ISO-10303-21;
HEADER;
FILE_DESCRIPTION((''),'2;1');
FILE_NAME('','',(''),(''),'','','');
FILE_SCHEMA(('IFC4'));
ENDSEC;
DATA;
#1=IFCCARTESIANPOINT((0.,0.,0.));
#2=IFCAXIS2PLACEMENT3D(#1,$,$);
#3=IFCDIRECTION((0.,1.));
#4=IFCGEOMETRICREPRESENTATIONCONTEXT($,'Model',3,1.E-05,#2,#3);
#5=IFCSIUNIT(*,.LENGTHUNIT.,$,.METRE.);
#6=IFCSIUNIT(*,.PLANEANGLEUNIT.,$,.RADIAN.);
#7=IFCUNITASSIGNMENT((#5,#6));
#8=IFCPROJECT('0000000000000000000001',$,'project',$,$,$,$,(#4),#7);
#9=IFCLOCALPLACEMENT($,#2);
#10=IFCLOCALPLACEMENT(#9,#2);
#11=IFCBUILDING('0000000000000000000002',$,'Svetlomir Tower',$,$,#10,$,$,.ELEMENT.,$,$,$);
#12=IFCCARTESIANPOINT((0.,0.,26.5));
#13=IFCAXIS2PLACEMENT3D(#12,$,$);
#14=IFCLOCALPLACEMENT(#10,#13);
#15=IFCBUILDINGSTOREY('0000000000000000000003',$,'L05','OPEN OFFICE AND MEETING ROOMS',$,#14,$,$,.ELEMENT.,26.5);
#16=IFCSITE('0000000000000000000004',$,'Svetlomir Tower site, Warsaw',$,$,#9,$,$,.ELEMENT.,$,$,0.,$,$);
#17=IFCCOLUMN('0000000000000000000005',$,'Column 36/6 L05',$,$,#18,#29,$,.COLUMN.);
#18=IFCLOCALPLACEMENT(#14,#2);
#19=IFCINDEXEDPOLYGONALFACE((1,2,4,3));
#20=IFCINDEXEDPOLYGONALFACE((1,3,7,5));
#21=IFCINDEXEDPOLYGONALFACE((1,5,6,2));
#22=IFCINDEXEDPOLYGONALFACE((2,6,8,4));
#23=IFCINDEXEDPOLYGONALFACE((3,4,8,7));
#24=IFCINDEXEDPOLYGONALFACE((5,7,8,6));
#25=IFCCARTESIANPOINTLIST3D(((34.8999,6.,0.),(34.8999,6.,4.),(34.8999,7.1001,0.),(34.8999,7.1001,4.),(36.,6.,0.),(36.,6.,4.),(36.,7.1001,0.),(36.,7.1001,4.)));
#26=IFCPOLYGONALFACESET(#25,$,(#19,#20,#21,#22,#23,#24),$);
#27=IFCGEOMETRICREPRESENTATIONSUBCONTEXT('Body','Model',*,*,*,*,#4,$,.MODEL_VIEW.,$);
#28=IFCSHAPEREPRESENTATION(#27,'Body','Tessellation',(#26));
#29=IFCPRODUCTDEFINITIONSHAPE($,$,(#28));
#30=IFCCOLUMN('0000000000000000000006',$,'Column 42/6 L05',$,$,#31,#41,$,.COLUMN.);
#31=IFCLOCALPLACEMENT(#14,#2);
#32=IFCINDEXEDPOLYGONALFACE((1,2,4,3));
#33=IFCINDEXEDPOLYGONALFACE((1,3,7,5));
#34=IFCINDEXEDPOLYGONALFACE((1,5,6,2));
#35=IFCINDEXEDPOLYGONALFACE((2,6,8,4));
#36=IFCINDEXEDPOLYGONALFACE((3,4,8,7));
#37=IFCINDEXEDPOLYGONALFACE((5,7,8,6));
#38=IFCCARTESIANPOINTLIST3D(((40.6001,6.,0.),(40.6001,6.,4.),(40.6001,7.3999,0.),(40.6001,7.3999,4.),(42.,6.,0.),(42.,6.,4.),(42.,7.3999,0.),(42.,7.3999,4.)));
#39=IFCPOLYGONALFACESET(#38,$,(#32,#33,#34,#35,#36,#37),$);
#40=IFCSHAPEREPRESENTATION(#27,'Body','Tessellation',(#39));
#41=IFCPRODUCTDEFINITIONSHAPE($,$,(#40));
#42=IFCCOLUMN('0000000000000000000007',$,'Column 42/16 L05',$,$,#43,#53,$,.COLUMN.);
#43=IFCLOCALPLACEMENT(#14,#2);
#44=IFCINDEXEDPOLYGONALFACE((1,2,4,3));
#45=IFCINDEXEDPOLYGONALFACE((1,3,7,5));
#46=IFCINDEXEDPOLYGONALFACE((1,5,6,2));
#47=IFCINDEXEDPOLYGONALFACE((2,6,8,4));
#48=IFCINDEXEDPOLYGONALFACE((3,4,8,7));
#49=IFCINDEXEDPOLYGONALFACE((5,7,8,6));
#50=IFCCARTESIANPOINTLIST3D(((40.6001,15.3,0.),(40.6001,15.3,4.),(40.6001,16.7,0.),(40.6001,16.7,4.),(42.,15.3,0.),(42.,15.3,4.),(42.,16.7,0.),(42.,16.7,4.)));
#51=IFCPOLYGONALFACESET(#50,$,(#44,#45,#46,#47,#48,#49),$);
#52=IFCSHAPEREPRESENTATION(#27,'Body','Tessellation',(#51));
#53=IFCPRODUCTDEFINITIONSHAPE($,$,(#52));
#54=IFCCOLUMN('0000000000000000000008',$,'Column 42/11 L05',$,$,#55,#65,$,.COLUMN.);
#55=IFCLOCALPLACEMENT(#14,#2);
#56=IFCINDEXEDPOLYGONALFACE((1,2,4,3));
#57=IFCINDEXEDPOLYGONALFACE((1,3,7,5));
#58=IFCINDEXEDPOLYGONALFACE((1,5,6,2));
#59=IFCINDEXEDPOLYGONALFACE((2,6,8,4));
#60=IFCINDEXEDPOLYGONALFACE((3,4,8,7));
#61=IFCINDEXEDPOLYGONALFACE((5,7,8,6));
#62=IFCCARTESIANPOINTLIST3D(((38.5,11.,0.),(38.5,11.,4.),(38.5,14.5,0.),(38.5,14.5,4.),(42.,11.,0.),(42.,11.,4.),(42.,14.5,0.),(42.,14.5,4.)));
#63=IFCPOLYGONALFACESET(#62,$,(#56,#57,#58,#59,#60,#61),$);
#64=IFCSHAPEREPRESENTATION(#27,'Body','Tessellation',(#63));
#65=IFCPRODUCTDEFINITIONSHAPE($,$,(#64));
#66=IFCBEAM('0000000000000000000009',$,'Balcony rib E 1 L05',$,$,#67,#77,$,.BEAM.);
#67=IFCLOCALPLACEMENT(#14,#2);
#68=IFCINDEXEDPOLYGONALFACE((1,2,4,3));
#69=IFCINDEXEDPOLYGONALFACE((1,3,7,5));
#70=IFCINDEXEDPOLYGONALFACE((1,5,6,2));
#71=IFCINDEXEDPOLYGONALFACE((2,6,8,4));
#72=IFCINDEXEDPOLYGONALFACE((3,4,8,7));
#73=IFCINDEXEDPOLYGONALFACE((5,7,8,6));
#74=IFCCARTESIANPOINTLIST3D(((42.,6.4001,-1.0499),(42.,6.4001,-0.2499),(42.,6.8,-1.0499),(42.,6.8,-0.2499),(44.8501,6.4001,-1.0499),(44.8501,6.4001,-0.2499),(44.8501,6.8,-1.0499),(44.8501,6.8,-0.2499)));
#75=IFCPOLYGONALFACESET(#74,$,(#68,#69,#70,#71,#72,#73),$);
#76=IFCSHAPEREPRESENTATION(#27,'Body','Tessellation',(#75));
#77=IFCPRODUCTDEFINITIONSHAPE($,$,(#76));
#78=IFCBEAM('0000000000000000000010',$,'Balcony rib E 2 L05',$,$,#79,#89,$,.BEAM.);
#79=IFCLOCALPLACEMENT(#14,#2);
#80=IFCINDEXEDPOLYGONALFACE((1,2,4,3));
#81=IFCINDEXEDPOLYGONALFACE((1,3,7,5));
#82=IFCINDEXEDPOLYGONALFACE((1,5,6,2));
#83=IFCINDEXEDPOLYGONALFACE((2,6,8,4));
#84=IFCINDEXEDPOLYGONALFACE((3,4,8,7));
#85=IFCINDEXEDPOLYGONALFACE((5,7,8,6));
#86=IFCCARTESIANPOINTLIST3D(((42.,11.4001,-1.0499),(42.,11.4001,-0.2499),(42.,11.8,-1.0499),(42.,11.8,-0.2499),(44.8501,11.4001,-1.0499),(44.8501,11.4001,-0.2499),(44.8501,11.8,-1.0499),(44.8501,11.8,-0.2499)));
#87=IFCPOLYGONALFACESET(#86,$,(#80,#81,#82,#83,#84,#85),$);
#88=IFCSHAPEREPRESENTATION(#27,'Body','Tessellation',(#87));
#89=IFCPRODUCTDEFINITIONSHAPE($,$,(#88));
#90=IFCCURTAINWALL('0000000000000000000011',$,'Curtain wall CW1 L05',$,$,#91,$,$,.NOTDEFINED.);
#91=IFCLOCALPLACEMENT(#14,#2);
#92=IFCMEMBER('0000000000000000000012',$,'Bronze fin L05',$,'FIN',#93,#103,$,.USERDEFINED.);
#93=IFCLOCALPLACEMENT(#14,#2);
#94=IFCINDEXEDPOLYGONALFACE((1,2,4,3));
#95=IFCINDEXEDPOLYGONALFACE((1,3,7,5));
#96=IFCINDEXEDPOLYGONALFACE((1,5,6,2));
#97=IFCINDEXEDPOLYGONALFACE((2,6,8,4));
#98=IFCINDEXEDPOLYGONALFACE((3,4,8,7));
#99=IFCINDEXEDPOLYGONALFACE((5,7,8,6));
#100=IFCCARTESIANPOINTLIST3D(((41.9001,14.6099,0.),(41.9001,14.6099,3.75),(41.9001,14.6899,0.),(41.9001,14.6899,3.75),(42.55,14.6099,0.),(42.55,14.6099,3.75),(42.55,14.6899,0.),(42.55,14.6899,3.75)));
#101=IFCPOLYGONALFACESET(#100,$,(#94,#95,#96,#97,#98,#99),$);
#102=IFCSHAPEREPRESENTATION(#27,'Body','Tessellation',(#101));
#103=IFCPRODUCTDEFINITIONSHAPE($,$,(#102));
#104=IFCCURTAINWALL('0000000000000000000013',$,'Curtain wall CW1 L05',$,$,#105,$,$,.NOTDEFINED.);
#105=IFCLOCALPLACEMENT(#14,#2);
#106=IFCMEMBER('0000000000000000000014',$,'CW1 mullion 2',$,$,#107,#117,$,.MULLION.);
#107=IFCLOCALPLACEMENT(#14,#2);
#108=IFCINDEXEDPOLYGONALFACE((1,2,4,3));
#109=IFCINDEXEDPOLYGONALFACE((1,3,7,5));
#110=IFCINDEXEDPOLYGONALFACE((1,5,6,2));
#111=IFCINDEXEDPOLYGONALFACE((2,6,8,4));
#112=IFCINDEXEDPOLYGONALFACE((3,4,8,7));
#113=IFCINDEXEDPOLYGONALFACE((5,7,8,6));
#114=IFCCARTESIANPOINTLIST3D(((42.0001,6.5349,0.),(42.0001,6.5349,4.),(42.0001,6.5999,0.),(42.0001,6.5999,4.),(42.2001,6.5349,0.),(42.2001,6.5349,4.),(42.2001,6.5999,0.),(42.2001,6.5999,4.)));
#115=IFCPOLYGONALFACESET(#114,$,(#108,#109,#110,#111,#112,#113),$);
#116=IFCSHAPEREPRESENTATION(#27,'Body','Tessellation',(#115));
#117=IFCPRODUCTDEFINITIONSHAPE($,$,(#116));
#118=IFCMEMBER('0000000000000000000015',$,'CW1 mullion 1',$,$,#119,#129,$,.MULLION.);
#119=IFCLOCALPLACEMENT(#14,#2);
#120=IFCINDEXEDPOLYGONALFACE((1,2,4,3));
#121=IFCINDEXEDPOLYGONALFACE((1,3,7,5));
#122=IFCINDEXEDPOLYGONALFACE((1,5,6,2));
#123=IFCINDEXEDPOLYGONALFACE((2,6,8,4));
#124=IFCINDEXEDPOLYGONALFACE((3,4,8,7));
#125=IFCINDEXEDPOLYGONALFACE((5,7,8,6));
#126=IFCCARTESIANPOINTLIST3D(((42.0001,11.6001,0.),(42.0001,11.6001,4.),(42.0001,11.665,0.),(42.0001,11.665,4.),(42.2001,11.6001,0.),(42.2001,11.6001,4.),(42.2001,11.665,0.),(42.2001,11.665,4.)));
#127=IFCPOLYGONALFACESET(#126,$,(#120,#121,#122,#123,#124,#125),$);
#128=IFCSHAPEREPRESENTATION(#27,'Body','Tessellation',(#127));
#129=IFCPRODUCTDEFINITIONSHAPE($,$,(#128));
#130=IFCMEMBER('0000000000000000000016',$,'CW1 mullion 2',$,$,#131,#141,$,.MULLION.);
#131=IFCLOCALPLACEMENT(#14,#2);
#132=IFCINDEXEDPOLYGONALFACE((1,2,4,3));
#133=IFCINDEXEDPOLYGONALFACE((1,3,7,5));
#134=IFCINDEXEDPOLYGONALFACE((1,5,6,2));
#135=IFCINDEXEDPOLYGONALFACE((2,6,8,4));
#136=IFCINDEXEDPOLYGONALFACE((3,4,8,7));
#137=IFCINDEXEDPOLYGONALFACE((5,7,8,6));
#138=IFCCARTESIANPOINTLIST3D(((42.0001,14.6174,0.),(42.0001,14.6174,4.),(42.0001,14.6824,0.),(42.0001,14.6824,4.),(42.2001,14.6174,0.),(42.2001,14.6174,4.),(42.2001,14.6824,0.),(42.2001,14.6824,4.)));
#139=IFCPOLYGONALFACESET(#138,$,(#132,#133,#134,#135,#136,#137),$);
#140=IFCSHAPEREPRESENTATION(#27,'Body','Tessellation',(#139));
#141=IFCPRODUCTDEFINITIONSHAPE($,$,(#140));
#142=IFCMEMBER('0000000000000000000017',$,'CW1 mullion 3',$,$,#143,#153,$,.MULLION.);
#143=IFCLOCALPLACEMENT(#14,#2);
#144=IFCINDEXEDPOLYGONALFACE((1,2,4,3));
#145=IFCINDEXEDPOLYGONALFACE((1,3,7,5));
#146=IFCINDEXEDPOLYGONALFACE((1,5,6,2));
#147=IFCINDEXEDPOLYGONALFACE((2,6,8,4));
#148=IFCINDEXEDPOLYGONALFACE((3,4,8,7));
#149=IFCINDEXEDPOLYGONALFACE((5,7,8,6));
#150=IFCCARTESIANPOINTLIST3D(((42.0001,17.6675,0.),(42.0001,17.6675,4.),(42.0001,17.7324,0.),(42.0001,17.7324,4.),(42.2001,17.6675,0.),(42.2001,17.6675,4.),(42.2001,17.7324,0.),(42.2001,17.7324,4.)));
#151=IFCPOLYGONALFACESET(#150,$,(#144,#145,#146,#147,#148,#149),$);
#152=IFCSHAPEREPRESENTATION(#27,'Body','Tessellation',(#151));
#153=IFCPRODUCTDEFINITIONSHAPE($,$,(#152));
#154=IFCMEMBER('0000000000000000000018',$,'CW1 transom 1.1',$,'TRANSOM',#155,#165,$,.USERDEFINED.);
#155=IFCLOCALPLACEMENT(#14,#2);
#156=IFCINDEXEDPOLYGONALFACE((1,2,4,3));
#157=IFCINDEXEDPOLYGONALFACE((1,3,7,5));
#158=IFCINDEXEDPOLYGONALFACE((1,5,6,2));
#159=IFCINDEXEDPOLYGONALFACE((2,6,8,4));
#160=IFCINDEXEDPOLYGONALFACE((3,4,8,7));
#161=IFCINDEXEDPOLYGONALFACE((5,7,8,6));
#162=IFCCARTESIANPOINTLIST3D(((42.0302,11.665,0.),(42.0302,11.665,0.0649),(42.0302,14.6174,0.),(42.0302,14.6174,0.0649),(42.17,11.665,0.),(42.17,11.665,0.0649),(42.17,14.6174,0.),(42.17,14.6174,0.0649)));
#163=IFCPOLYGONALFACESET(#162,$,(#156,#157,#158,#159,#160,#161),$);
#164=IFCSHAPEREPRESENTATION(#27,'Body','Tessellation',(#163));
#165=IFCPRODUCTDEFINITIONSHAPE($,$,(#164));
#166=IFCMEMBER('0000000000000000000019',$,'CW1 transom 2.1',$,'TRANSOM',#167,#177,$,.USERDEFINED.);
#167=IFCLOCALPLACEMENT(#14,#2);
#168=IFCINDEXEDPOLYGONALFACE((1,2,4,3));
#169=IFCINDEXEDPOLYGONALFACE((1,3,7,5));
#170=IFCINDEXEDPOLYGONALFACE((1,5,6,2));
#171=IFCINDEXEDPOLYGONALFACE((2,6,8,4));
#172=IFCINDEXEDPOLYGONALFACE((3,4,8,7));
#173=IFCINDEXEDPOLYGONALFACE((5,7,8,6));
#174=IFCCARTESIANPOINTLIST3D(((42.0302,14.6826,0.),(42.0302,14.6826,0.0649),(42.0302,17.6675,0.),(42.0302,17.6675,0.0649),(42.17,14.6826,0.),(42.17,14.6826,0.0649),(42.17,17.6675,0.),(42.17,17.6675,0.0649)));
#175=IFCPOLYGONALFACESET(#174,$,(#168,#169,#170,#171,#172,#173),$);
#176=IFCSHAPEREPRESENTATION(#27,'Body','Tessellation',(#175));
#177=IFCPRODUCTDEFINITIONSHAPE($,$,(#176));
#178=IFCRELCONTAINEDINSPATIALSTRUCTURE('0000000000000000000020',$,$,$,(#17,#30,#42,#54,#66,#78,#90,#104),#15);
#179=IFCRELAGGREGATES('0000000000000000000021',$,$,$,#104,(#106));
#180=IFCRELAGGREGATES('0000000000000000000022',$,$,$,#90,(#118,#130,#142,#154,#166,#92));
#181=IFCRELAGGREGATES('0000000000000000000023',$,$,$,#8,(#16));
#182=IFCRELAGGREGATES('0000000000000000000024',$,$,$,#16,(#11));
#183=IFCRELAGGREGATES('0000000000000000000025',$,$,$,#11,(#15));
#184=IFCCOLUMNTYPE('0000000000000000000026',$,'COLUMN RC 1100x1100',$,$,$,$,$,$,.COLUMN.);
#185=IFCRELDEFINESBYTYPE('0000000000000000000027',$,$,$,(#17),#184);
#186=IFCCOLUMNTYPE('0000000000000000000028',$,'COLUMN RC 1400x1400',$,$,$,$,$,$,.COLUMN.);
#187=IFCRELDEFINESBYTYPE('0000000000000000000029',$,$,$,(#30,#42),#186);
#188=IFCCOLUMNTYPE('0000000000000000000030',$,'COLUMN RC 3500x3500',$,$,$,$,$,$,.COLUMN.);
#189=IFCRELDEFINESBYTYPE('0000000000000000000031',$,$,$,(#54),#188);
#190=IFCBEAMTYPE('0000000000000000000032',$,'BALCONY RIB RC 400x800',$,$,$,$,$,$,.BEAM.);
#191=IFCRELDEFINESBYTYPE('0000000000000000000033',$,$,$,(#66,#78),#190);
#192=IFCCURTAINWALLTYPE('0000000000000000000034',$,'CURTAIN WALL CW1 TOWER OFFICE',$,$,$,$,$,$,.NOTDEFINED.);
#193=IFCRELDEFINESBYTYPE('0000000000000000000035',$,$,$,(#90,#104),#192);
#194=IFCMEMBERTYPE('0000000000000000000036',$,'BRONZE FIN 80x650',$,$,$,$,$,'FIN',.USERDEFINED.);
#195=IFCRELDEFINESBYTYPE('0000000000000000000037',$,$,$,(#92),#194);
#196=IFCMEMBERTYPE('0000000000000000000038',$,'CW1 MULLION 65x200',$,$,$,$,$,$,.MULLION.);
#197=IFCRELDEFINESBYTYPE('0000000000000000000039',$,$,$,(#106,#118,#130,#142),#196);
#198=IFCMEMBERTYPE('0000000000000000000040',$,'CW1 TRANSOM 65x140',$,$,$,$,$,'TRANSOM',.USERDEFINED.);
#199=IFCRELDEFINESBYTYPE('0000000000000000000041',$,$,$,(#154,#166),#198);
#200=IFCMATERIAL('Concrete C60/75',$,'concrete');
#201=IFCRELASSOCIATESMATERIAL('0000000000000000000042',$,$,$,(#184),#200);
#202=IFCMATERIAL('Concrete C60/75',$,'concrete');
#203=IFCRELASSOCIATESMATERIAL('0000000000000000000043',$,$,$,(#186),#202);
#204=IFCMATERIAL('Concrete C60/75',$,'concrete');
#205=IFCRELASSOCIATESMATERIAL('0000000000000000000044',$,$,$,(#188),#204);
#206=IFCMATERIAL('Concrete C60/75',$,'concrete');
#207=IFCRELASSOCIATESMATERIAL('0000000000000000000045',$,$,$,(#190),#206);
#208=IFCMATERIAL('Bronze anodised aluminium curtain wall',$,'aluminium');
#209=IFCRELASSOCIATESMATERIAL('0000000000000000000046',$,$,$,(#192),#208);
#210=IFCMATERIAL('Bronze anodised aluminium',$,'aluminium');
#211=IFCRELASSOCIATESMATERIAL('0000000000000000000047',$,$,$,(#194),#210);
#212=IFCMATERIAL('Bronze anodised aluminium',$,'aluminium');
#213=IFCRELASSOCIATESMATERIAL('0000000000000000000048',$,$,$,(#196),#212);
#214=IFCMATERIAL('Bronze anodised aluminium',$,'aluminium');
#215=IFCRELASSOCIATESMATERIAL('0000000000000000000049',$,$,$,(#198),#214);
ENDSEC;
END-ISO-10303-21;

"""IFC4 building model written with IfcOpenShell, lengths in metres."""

from ifc_helpers import new_model, si_unit, direction, frame, origin, origin_2d, place, context, subcontext, project, spatial, rectangle, extrude, material, material_profile, profile_set, type_object, element, aggregate, save


model = new_model("IFC4")

# Units and contexts
model_context = context("Model", 3, precision=1e-05, world=origin(), true_north=direction((0.0, 1.0)))
body_context = subcontext(model_context, "Body", "Model", "MODEL_VIEW")
ifc_project = project(units=[si_unit("LENGTHUNIT", "METRE"), si_unit("PLANEANGLEUNIT", "RADIAN")], contexts=[model_context])

# Site, building, storey
site_placement = place(None, origin())
site = spatial("IfcSite", under=ifc_project, at=site_placement, Name="Svetlomir Tower site, Warsaw", CompositionType="ELEMENT", RefElevation=0.0)
building_placement = place(site_placement, origin())
building = spatial("IfcBuilding", under=site, at=building_placement, Name="Svetlomir Tower", CompositionType="ELEMENT")
storey_placement = place(building_placement, frame((0.0, 0.0, 26.5)))
storey = spatial("IfcBuildingStorey", under=building, at=storey_placement, Name="L05", Description="OPEN OFFICE AND MEETING ROOMS", CompositionType="ELEMENT", Elevation=26.5)

# Columns
ifc_material_1 = material(Name="Concrete C60/75", Category="concrete")
ifc_material_profile_1 = material_profile(ifc_material_1, rectangle(XDim=1.1001, YDim=1.1001, at=origin_2d()), Name="RC 1100x1100")
ifc_profile_set_1 = profile_set([ifc_material_profile_1], Name="Concrete C60/75")
column_type_1 = type_object("IfcColumnType", Name="COLUMN RC 1100x1100", PredefinedType="COLUMN", material=ifc_profile_set_1)
column_1_placement = place(storey_placement, frame((35.45, 6.55, 0.0), z_axis=(0.0, 0.0, 1.0), x_axis=(1.0, 0.0, 0.0)))
element("IfcColumn", 1, at=column_1_placement, inside=storey, type_object=column_type_1, Name="Column 36/6 L05", PredefinedType="COLUMN", context=body_context, shape_type="SweptSolid", body=[
    extrude(rectangle(XDim=1.1001, YDim=1.1001, at=origin_2d()), origin(), (0.0, 0.0, 1.0), 4.0),
])
ifc_material_2 = material(Name="Concrete C60/75", Category="concrete")
ifc_material_profile_2 = material_profile(ifc_material_2, rectangle(XDim=1.3999, YDim=1.3999, at=origin_2d()), Name="RC 1400x1400")
ifc_profile_set_2 = profile_set([ifc_material_profile_2], Name="Concrete C60/75")
column_type_2 = type_object("IfcColumnType", Name="COLUMN RC 1400x1400", PredefinedType="COLUMN", material=ifc_profile_set_2)
for number, where, z_axis, x_axis, name in (
    (2, (41.3, 6.7, 0.0), (0.0, 0.0, 1.0), (1.0, 0.0, 0.0), "Column 42/6 L05"),
    (3, (41.3, 16.0, 0.0), (0.0, 0.0, 1.0), (1.0, 0.0, 0.0), "Column 42/16 L05"),
):
    element("IfcColumn", number, at=place(storey_placement, frame(where, z_axis=z_axis, x_axis=x_axis)), inside=storey, type_object=column_type_2, Name=name, PredefinedType="COLUMN", context=body_context, shape_type="SweptSolid", body=[
        extrude(rectangle(XDim=1.3999, YDim=1.3999, at=origin_2d()), origin(), (0.0, 0.0, 1.0), 4.0),
    ])
ifc_material_3 = material(Name="Concrete C60/75", Category="concrete")
ifc_material_profile_3 = material_profile(ifc_material_3, rectangle(XDim=3.5, YDim=3.5, at=origin_2d()), Name="RC 3500x3500")
ifc_profile_set_3 = profile_set([ifc_material_profile_3], Name="Concrete C60/75")
column_type_3 = type_object("IfcColumnType", Name="COLUMN RC 3500x3500", PredefinedType="COLUMN", material=ifc_profile_set_3)
column_2_placement = place(storey_placement, frame((40.25, 12.75, 0.0), z_axis=(0.0, 0.0, 1.0), x_axis=(1.0, 0.0, 0.0)))
element("IfcColumn", 4, at=column_2_placement, inside=storey, type_object=column_type_3, Name="Column 42/11 L05", PredefinedType="COLUMN", context=body_context, shape_type="SweptSolid", body=[
    extrude(rectangle(XDim=3.5, YDim=3.5, at=origin_2d()), origin(), (0.0, 0.0, 1.0), 4.0),
])

# Beams
ifc_material_4 = material(Name="Concrete C60/75", Category="concrete")
ifc_material_profile_4 = material_profile(ifc_material_4, rectangle(XDim=0.3999, YDim=0.8, at=origin_2d()), Name="RC 400x800")
ifc_profile_set_4 = profile_set([ifc_material_profile_4], Name="Concrete C60/75")
beam_type_1 = type_object("IfcBeamType", Name="BALCONY RIB RC 400x800", PredefinedType="BEAM", material=ifc_profile_set_4)
for number, where, z_axis, x_axis, name in (
    (5, (42.0, 6.6001, -0.6499), (1.0, 0.0, 0.0), (0.0, 1.0, 0.0), "Balcony rib E 1 L05"),
    (6, (42.0, 11.6001, -0.6499), (1.0, 0.0, 0.0), (0.0, 1.0, 0.0), "Balcony rib E 2 L05"),
):
    element("IfcBeam", number, at=place(storey_placement, frame(where, z_axis=z_axis, x_axis=x_axis)), inside=storey, type_object=beam_type_1, Name=name, PredefinedType="BEAM", context=body_context, shape_type="SweptSolid", body=[
        extrude(rectangle(XDim=0.3999, YDim=0.8, at=origin_2d()), origin(), (0.0, 0.0, 1.0), 2.8501),
    ])

# Curtain walls, members
ifc_material_5 = material(Name="Bronze anodised aluminium curtain wall", Category="aluminium")
curtain_wall_type = type_object("IfcCurtainWallType", Name="CURTAIN WALL CW1 TOWER OFFICE", PredefinedType="NOTDEFINED", material=ifc_material_5)
curtain_wall_1_placement = place(storey_placement, origin())
curtain_wall_1 = element("IfcCurtainWall", 7, at=curtain_wall_1_placement, inside=storey, type_object=curtain_wall_type, Name="Curtain wall CW1 L05", PredefinedType="NOTDEFINED")
ifc_material_6 = material(Name="Bronze anodised aluminium", Category="aluminium")
ifc_material_profile_5 = material_profile(ifc_material_6, rectangle(XDim=0.0801, YDim=0.6499, at=origin_2d()), Name="FIN 80x650")
ifc_profile_set_5 = profile_set([ifc_material_profile_5], Name="Bronze anodised aluminium 6063-T6")
member_type_1 = type_object("IfcMemberType", Name="BRONZE FIN 80x650", ElementType="FIN", PredefinedType="USERDEFINED", material=ifc_profile_set_5)
member_1_placement = place(storey_placement, frame((42.2251, 14.6499, 0.0), z_axis=(0.0, 0.0, 1.0), x_axis=(0.0, 1.0, 0.0)))
member_1 = element("IfcMember", 8, at=member_1_placement, type_object=member_type_1, Name="Bronze fin L05", ObjectType="FIN", PredefinedType="USERDEFINED", context=body_context, shape_type="SweptSolid", body=[
    extrude(rectangle(XDim=0.0801, YDim=0.6499, at=origin_2d()), origin(), (0.0, 0.0, 1.0), 3.75),
])
curtain_wall_2_placement = place(storey_placement, origin())
curtain_wall_2 = element("IfcCurtainWall", 9, at=curtain_wall_2_placement, inside=storey, type_object=curtain_wall_type, Name="Curtain wall CW1 L05", PredefinedType="NOTDEFINED")
ifc_material_7 = material(Name="Bronze anodised aluminium", Category="aluminium")
ifc_material_profile_6 = material_profile(ifc_material_7, rectangle(XDim=0.0649, YDim=0.2, at=origin_2d()), Name="AL 65x200")
ifc_profile_set_6 = profile_set([ifc_material_profile_6], Name="Bronze anodised aluminium 6063-T6")
member_type_2 = type_object("IfcMemberType", Name="CW1 MULLION 65x200", PredefinedType="MULLION", material=ifc_profile_set_6)
member_2_placement = place(storey_placement, frame((42.1001, 6.5674, 0.0), z_axis=(0.0, 0.0, 1.0), x_axis=(0.0, 1.0, 0.0)))
member_2 = element("IfcMember", 10, at=member_2_placement, type_object=member_type_2, Name="CW1 mullion 2", PredefinedType="MULLION", context=body_context, shape_type="SweptSolid", body=[
    extrude(rectangle(XDim=0.0649, YDim=0.2, at=origin_2d()), origin(), (0.0, 0.0, 1.0), 4.0),
])
aggregate(curtain_wall_2, [member_2])

# Members
member_3_placement = place(storey_placement, frame((42.1001, 11.6326, 0.0), z_axis=(0.0, 0.0, 1.0), x_axis=(0.0, 1.0, 0.0)))
member_3 = element("IfcMember", 11, at=member_3_placement, type_object=member_type_2, Name="CW1 mullion 1", PredefinedType="MULLION", context=body_context, shape_type="SweptSolid", body=[
    extrude(rectangle(XDim=0.0649, YDim=0.2, at=origin_2d()), origin(), (0.0, 0.0, 1.0), 4.0),
])
member_4_placement = place(storey_placement, frame((42.1001, 14.6499, 0.0), z_axis=(0.0, 0.0, 1.0), x_axis=(0.0, 1.0, 0.0)))
member_4 = element("IfcMember", 12, at=member_4_placement, type_object=member_type_2, Name="CW1 mullion 2", PredefinedType="MULLION", context=body_context, shape_type="SweptSolid", body=[
    extrude(rectangle(XDim=0.0649, YDim=0.2, at=origin_2d()), origin(), (0.0, 0.0, 1.0), 4.0),
])
member_5_placement = place(storey_placement, frame((42.1001, 17.7, 0.0), z_axis=(0.0, 0.0, 1.0), x_axis=(0.0, 1.0, 0.0)))
member_5 = element("IfcMember", 13, at=member_5_placement, type_object=member_type_2, Name="CW1 mullion 3", PredefinedType="MULLION", context=body_context, shape_type="SweptSolid", body=[
    extrude(rectangle(XDim=0.0649, YDim=0.2, at=origin_2d()), origin(), (0.0, 0.0, 1.0), 4.0),
])
ifc_material_8 = material(Name="Bronze anodised aluminium", Category="aluminium")
ifc_material_profile_7 = material_profile(ifc_material_8, rectangle(XDim=0.1399, YDim=0.0649, at=origin_2d()), Name="AL 140x65")
ifc_profile_set_7 = profile_set([ifc_material_profile_7], Name="Bronze anodised aluminium 6063-T6")
member_type_3 = type_object("IfcMemberType", Name="CW1 TRANSOM 65x140", ElementType="TRANSOM", PredefinedType="USERDEFINED", material=ifc_profile_set_7)
member_6_placement = place(storey_placement, frame((42.1001, 11.665, 0.0325), z_axis=(0.0, 1.0, 0.0), x_axis=(-1.0, 0.0, 0.0)))
member_6 = element("IfcMember", 14, at=member_6_placement, type_object=member_type_3, Name="CW1 transom 1.1", ObjectType="TRANSOM", PredefinedType="USERDEFINED", context=body_context, shape_type="SweptSolid", body=[
    extrude(rectangle(XDim=0.1399, YDim=0.0649, at=origin_2d()), origin(), (0.0, 0.0, 1.0), 2.9524),
])
member_7_placement = place(storey_placement, frame((42.1001, 14.6826, 0.0325), z_axis=(0.0, 1.0, 0.0), x_axis=(-1.0, 0.0, 0.0)))
member_7 = element("IfcMember", 15, at=member_7_placement, type_object=member_type_3, Name="CW1 transom 2.1", ObjectType="TRANSOM", PredefinedType="USERDEFINED", context=body_context, shape_type="SweptSolid", body=[
    extrude(rectangle(XDim=0.1399, YDim=0.0649, at=origin_2d()), origin(), (0.0, 0.0, 1.0), 2.9849),
])

aggregate(curtain_wall_1, [member_3, member_4, member_5, member_6, member_7, member_1])

save(model, "model.ifc")
